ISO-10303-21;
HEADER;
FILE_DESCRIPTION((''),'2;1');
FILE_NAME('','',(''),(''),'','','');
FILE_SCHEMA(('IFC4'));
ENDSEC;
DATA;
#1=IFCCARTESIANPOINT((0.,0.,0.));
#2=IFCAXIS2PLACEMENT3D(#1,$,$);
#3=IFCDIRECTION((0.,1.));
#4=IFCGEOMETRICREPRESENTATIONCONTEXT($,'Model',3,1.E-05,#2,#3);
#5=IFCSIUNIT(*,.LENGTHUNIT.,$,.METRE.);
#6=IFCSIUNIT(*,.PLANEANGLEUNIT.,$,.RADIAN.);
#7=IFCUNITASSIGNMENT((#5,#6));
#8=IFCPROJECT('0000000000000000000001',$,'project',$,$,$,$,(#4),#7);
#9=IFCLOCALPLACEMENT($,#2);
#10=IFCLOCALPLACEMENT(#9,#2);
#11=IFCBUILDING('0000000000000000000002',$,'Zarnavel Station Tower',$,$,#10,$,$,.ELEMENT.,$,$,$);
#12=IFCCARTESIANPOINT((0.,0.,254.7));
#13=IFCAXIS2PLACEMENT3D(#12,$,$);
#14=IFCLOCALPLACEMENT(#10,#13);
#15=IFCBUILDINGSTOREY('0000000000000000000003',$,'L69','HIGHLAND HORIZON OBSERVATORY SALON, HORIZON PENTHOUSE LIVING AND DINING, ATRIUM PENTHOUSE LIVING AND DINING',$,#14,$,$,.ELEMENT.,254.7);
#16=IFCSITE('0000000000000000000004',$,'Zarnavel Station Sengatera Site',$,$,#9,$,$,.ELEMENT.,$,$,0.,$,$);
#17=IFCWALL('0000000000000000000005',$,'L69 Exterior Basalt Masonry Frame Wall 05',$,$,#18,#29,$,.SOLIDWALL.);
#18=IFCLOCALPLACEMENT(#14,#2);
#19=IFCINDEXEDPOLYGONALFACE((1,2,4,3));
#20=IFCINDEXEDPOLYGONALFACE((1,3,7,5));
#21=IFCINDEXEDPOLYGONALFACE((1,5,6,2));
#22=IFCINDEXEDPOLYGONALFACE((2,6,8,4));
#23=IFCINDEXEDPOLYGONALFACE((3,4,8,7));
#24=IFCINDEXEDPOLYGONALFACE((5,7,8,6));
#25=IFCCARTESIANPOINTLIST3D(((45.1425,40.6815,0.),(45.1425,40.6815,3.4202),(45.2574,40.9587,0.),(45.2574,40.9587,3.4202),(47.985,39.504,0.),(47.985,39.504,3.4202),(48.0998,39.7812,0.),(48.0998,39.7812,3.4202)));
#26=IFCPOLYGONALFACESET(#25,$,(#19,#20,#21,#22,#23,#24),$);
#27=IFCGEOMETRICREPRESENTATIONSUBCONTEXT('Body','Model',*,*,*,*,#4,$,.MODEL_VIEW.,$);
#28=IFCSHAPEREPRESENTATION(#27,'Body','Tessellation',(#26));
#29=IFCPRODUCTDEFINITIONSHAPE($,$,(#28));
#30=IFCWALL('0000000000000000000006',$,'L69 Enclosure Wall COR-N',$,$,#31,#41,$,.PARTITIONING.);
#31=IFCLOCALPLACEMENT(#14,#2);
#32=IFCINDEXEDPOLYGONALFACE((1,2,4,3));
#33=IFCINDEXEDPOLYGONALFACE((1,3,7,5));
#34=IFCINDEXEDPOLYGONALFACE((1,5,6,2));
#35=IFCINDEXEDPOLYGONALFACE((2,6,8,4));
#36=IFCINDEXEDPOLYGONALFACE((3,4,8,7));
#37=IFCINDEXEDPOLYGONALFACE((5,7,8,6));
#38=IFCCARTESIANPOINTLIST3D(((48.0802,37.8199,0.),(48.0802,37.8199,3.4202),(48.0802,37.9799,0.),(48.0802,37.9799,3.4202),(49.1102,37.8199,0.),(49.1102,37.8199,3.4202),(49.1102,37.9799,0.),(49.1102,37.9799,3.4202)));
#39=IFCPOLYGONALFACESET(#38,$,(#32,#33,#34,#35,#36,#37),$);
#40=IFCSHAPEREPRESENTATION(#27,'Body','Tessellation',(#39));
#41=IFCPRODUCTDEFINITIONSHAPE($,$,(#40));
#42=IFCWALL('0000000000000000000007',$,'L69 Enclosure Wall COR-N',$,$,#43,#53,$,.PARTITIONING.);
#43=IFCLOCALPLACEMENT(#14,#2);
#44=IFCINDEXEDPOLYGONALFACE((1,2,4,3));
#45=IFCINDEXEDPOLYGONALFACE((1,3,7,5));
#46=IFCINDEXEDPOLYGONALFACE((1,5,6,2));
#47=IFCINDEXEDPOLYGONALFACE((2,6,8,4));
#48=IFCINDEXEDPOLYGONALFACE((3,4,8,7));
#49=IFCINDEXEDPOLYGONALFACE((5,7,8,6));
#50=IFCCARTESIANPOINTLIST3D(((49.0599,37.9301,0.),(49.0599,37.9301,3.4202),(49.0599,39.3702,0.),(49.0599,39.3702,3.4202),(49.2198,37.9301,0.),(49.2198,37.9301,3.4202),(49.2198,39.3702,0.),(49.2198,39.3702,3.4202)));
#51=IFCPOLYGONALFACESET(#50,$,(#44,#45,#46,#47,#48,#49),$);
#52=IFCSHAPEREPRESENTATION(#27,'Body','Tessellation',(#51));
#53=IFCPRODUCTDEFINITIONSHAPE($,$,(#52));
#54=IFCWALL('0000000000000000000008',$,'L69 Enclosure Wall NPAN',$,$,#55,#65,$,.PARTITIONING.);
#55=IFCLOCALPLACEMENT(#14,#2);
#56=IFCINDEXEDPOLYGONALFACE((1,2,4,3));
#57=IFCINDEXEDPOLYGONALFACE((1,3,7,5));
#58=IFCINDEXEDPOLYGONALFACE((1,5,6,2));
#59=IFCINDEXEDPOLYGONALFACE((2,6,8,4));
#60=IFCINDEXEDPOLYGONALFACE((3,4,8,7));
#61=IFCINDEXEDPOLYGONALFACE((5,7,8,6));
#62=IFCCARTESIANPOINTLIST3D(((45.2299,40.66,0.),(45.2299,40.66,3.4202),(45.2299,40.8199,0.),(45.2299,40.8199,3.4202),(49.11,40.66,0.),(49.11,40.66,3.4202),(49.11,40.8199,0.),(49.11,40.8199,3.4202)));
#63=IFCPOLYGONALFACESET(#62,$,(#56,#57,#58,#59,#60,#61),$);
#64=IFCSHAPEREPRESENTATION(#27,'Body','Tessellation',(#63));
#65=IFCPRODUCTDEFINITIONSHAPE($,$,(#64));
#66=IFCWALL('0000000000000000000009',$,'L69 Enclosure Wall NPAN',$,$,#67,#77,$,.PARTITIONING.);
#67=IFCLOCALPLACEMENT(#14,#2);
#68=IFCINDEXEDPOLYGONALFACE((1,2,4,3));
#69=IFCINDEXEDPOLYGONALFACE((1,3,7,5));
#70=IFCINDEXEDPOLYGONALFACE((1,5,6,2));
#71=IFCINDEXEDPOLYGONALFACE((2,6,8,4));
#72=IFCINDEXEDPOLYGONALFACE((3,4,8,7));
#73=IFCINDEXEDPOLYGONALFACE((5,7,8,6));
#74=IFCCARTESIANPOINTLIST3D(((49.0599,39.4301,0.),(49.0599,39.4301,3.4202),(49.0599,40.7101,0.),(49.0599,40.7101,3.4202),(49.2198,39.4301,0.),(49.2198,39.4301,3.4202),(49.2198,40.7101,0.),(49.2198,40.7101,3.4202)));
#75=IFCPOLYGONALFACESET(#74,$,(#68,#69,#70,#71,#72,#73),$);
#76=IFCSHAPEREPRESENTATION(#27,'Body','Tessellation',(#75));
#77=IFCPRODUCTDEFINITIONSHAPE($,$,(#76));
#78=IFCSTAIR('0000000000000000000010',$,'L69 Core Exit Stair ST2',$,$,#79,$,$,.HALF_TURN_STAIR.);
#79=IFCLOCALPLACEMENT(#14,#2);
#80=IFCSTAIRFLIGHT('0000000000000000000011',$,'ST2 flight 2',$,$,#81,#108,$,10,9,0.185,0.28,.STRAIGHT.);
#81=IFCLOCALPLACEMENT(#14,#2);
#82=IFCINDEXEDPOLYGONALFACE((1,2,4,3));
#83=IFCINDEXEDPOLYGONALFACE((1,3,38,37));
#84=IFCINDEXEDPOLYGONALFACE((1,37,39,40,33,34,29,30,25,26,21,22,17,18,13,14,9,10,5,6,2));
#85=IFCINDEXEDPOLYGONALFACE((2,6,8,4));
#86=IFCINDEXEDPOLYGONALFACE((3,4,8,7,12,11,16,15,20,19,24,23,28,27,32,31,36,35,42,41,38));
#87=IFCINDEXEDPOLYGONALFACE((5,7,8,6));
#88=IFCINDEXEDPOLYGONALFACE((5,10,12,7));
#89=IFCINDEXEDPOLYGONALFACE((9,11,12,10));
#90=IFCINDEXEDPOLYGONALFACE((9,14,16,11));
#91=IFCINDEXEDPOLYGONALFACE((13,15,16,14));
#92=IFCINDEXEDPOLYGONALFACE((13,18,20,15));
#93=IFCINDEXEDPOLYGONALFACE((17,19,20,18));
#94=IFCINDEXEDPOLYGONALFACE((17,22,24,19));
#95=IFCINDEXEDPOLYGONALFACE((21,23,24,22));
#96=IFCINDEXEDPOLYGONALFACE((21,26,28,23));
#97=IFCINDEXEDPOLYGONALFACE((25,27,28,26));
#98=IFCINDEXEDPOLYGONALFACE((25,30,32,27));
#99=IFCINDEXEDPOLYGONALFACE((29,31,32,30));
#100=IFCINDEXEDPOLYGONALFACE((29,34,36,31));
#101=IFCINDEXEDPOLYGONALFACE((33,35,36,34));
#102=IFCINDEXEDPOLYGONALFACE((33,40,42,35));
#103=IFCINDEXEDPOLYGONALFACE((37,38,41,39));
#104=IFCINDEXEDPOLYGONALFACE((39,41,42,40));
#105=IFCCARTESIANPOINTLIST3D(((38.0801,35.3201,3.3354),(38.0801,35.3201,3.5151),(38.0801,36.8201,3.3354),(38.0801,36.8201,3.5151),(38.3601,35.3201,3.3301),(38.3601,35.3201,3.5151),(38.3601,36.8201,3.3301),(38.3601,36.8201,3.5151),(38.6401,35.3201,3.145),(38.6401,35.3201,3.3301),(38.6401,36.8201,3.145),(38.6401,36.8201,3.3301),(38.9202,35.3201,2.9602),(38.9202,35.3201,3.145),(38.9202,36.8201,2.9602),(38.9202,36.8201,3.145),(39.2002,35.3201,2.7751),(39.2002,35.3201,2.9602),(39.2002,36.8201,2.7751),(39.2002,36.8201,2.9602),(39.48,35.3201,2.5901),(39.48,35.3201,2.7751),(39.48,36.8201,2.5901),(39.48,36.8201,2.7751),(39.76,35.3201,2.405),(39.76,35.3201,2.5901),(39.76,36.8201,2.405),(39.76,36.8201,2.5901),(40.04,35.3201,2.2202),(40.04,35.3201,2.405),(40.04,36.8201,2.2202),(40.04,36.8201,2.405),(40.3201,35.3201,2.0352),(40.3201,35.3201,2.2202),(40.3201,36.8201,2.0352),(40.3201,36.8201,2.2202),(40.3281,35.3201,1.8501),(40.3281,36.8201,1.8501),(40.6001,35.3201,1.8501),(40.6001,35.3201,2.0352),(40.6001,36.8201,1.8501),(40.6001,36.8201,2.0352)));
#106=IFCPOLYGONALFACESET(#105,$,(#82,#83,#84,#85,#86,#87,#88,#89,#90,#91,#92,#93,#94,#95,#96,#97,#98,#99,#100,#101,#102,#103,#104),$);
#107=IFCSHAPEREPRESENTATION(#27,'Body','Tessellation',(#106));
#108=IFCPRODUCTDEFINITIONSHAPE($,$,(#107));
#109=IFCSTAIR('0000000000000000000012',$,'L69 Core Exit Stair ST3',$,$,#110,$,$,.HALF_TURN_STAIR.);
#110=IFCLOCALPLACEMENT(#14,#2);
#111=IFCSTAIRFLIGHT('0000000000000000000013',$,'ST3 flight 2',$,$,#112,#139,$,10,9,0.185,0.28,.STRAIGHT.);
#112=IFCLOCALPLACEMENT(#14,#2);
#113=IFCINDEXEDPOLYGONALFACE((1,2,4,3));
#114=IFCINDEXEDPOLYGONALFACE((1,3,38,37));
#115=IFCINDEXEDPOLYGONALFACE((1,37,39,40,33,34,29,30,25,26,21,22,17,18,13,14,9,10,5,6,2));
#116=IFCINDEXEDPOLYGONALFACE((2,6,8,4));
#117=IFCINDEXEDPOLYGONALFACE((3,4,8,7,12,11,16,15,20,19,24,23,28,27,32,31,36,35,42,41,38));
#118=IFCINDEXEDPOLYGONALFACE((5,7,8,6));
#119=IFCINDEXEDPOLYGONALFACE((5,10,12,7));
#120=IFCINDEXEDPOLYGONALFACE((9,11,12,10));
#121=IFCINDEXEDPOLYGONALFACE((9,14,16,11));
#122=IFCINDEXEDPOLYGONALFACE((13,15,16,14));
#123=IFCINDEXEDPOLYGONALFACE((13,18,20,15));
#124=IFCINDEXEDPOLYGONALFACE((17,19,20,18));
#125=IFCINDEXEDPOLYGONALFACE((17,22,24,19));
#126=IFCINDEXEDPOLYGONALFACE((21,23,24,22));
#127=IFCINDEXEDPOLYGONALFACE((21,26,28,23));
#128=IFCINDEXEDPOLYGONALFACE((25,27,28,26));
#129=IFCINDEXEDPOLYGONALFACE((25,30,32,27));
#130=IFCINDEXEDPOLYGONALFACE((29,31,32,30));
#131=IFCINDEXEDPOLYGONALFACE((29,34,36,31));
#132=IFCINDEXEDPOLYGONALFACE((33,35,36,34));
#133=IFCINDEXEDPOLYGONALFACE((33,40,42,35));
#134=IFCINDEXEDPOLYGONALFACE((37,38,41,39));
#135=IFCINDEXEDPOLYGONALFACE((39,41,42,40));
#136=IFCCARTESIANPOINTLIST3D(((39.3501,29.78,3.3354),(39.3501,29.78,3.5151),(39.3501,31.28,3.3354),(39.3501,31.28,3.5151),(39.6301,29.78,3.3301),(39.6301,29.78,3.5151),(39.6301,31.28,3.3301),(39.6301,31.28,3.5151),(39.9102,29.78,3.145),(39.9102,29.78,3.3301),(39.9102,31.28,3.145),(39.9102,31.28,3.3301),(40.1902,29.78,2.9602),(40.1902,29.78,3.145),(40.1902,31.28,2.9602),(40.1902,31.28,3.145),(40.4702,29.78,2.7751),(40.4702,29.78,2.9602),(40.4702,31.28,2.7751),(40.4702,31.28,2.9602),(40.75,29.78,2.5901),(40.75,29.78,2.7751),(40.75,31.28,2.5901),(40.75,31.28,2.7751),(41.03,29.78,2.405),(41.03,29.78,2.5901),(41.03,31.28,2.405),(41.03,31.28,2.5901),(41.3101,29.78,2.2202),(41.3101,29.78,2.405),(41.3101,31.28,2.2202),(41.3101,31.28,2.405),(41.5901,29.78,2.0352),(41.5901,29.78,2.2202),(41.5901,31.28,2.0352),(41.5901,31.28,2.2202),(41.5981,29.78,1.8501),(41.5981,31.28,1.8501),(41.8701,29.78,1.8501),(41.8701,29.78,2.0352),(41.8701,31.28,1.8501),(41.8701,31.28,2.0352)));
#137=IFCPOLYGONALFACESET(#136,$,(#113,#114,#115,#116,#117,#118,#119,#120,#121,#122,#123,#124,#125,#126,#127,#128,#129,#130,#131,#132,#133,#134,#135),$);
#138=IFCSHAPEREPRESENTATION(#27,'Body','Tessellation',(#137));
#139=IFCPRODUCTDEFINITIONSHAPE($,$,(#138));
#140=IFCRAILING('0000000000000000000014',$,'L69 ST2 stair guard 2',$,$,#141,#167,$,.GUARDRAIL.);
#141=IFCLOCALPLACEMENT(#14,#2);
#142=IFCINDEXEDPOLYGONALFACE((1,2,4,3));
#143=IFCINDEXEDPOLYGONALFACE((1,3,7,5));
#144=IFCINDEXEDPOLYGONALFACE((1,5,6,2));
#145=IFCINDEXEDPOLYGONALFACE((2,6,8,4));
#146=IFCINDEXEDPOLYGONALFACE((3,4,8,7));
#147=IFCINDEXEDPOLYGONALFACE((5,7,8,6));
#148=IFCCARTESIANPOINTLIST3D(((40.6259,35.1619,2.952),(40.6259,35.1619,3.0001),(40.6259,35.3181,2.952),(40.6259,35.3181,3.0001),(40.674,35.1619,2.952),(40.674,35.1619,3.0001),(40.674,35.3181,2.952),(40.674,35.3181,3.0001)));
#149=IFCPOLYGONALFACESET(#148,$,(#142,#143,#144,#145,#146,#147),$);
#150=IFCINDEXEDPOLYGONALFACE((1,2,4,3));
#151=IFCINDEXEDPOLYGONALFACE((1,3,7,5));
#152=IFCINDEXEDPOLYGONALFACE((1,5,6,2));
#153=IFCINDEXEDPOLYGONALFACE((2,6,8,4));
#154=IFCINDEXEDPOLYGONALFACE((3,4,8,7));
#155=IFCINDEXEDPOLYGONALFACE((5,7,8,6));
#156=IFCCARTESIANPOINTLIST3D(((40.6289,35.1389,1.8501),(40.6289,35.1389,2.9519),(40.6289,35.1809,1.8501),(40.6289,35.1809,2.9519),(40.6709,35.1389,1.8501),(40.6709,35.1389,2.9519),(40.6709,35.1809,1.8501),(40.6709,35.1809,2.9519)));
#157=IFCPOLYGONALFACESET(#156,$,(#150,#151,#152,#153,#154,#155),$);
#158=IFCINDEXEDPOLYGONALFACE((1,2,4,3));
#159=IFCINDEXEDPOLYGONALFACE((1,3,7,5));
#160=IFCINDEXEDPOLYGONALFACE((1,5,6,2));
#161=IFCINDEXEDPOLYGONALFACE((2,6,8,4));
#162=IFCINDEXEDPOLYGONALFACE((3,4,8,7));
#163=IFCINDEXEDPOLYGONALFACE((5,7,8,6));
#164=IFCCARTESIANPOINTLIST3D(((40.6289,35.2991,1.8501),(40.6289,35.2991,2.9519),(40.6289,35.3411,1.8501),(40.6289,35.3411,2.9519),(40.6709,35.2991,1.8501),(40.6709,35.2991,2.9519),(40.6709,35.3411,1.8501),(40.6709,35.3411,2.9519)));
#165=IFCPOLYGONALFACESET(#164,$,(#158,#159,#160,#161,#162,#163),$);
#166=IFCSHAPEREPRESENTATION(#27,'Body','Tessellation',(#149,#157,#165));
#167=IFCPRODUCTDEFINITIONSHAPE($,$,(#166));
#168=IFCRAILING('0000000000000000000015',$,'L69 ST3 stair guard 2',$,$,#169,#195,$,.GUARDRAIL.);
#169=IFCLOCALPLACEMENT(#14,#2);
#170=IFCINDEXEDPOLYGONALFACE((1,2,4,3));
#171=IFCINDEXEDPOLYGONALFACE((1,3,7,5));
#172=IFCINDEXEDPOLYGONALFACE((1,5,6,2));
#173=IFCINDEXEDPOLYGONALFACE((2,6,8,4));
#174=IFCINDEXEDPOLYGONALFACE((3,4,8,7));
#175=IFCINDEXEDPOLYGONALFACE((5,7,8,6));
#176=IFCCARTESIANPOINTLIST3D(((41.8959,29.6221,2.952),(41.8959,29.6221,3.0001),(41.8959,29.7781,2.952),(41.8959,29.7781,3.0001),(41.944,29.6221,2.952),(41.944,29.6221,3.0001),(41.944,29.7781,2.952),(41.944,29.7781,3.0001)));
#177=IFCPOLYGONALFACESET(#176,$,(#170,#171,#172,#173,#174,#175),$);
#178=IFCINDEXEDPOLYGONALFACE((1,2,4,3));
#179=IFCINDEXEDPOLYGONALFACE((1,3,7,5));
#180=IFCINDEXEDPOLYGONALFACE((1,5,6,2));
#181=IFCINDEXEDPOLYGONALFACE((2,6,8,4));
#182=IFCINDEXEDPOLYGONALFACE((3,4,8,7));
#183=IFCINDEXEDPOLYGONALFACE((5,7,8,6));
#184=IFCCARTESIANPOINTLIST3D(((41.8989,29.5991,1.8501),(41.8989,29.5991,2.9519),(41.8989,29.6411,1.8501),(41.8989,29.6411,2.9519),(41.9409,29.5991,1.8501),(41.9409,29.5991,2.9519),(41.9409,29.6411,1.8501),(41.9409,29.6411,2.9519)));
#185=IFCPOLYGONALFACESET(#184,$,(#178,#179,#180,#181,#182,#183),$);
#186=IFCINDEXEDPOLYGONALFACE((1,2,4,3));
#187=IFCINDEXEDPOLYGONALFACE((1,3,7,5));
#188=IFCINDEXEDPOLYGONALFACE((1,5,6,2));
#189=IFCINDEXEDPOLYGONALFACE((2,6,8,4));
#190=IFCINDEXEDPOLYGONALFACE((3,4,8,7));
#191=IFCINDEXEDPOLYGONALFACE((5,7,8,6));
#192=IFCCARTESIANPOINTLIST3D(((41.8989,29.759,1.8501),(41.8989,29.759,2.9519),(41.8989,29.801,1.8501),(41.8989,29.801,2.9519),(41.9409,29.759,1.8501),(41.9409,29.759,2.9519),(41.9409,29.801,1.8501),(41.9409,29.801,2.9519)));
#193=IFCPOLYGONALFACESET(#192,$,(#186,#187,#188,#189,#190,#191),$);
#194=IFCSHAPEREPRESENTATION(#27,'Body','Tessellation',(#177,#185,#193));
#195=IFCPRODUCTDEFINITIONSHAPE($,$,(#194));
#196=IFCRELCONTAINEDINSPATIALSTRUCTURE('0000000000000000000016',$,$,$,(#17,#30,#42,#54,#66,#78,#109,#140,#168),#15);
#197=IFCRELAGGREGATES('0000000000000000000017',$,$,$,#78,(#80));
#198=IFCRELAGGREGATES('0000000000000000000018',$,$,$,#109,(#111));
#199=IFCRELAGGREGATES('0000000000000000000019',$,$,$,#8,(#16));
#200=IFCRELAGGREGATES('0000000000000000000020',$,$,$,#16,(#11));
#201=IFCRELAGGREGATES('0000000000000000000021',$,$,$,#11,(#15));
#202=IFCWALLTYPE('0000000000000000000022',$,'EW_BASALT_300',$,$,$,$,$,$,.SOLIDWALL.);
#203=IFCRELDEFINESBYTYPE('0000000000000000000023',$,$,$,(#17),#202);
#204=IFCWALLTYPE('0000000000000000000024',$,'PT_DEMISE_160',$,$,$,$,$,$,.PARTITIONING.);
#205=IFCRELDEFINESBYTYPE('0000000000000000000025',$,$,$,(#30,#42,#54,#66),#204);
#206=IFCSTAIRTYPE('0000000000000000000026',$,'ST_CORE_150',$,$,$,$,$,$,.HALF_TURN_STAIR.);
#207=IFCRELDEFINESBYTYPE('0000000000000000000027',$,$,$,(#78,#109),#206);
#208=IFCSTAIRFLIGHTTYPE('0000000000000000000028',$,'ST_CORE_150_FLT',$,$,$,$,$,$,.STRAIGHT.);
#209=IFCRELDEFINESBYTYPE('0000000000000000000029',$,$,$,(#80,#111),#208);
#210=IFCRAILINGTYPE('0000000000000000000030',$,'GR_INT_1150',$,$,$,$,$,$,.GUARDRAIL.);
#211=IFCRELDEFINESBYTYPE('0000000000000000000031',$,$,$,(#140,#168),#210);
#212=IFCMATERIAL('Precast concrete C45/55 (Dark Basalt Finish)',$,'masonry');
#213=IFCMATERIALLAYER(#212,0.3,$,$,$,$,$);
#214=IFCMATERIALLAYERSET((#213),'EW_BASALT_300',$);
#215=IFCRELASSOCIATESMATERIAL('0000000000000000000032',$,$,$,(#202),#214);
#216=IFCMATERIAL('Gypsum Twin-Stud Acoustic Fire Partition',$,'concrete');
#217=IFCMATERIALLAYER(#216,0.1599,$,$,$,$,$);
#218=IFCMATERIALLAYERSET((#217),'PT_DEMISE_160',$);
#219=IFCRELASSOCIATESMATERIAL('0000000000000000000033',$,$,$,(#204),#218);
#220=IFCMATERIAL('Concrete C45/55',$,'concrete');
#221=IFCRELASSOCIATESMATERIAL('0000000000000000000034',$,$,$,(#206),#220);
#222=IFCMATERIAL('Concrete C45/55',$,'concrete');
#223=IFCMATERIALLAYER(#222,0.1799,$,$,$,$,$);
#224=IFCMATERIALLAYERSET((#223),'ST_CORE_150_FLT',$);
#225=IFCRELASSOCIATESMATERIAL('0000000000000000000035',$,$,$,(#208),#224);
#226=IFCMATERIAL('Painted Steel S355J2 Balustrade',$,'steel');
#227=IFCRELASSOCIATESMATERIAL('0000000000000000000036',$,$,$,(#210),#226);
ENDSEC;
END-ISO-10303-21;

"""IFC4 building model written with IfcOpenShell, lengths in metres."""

from ifc_helpers import new_model, si_unit, direction, frame, frame_2d, origin, origin_2d, place, context, subcontext, project, spatial, polyline, rectangle, outline, extrude, material, layer, layer_set, type_object, element, aggregate, save


model = new_model("IFC4")

# Units and contexts
model_context = context("Model", 3, precision=1e-05, world=origin(), true_north=direction((0.0, 1.0)))
body_context = subcontext(model_context, "Body", "Model", "MODEL_VIEW")
ifc_project = project(units=[si_unit("LENGTHUNIT", "METRE"), si_unit("PLANEANGLEUNIT", "RADIAN")], contexts=[model_context])

# Site, building, storey
site_placement = place(None, origin())
site = spatial("IfcSite", under=ifc_project, at=site_placement, Name="Zarnavel Station Sengatera Site", CompositionType="ELEMENT", RefElevation=0.0)
building_placement = place(site_placement, origin())
building = spatial("IfcBuilding", under=site, at=building_placement, Name="Zarnavel Station Tower", CompositionType="ELEMENT")
storey_placement = place(building_placement, frame((0.0, 0.0, 254.7)))
storey = spatial("IfcBuildingStorey", under=building, at=storey_placement, Name="L69", Description="HIGHLAND HORIZON OBSERVATORY SALON, HORIZON PENTHOUSE LIVING AND DINING, ATRIUM PENTHOUSE LIVING AND DINING", CompositionType="ELEMENT", Elevation=254.7)

# Shared definitions
ifc_material_1 = material(Name="Precast concrete C45/55 (Dark Basalt Finish)", Category="masonry")
ifc_layer_1 = layer(ifc_material_1, 0.3)
ifc_layer_set_1 = layer_set([ifc_layer_1], Name="EW_BASALT_300")
wall_type_1 = type_object("IfcWallType", Name="EW_BASALT_300", PredefinedType="SOLIDWALL", material=ifc_layer_set_1)

# Walls
for number, where, z_axis, x_axis, name in (
    (1, (45.2, 40.8201, 0.0), (0.0, 0.0, 1.0), (0.923871, -0.382705, 0.0), "L69 Exterior Basalt Masonry Frame Wall 05"),
):
    element("IfcWall", number, at=place(storey_placement, frame(where, z_axis=z_axis, x_axis=x_axis)), inside=storey, type_object=wall_type_1, Name=name, PredefinedType="SOLIDWALL", context=body_context, shape_type="SweptSolid", body=[
        extrude(rectangle(XDim=3.0767, YDim=0.3, at=frame_2d((1.5383, 0.0))), origin(), (0.0, 0.0, 1.0), 3.4202),
    ])
ifc_material_2 = material(Name="Gypsum Twin-Stud Acoustic Fire Partition", Category="concrete")
ifc_layer_2 = layer(ifc_material_2, 0.1599)
ifc_layer_set_2 = layer_set([ifc_layer_2], Name="PT_DEMISE_160")
wall_type_2 = type_object("IfcWallType", Name="PT_DEMISE_160", PredefinedType="PARTITIONING", material=ifc_layer_set_2)
wall_1_placement = place(storey_placement, frame((48.0801, 37.8999, 0.0), z_axis=(0.0, 0.0, 1.0), x_axis=(1.0, 0.0, 0.0)))
element("IfcWall", 2, at=wall_1_placement, inside=storey, type_object=wall_type_2, Name="L69 Enclosure Wall COR-N", PredefinedType="PARTITIONING", context=body_context, shape_type="SweptSolid", body=[
    extrude(rectangle(XDim=1.03, YDim=0.1599, at=frame_2d((0.5151, 0.0))), origin(), (0.0, 0.0, 1.0), 3.4202),
])
wall_2_placement = place(storey_placement, frame((49.1399, 37.9299, 0.0), z_axis=(0.0, 0.0, 1.0), x_axis=(0.0, 1.0, 0.0)))
element("IfcWall", 3, at=wall_2_placement, inside=storey, type_object=wall_type_2, Name="L69 Enclosure Wall COR-N", PredefinedType="PARTITIONING", context=body_context, shape_type="SweptSolid", body=[
    extrude(rectangle(XDim=1.4402, YDim=0.1599, at=frame_2d((0.7202, 0.0))), origin(), (0.0, 0.0, 1.0), 3.4202),
])
wall_3_placement = place(storey_placement, frame((45.23, 40.74, 0.0), z_axis=(0.0, 0.0, 1.0), x_axis=(1.0, 0.0, 0.0)))
element("IfcWall", 4, at=wall_3_placement, inside=storey, type_object=wall_type_2, Name="L69 Enclosure Wall NPAN", PredefinedType="PARTITIONING", context=body_context, shape_type="SweptSolid", body=[
    extrude(rectangle(XDim=3.8801, YDim=0.1599, at=frame_2d((1.9399, 0.0))), origin(), (0.0, 0.0, 1.0), 3.4202),
])
wall_4_placement = place(storey_placement, frame((49.1399, 39.4299, 0.0), z_axis=(0.0, 0.0, 1.0), x_axis=(0.0, 1.0, 0.0)))
element("IfcWall", 5, at=wall_4_placement, inside=storey, type_object=wall_type_2, Name="L69 Enclosure Wall NPAN", PredefinedType="PARTITIONING", context=body_context, shape_type="SweptSolid", body=[
    extrude(rectangle(XDim=1.28, YDim=0.1599, at=frame_2d((0.6401, 0.0))), origin(), (0.0, 0.0, 1.0), 3.4202),
])

# Stairs, stair flights
ifc_material_3 = material(Name="Concrete C45/55", Category="concrete")
stair_type = type_object("IfcStairType", Name="ST_CORE_150", PredefinedType="HALF_TURN_STAIR", material=ifc_material_3)
stair_1_placement = place(storey_placement, origin())
stair_1 = element("IfcStair", 6, at=stair_1_placement, inside=storey, type_object=stair_type, Name="L69 Core Exit Stair ST2", PredefinedType="HALF_TURN_STAIR")
ifc_material_4 = material(Name="Concrete C45/55", Category="concrete")
ifc_layer_3 = layer(ifc_material_4, 0.1799)
ifc_layer_set_3 = layer_set([ifc_layer_3], Name="ST_CORE_150_FLT")
stair_flight_type = type_object("IfcStairFlightType", Name="ST_CORE_150_FLT", PredefinedType="STRAIGHT", material=ifc_layer_set_3)
stair_flight_1_placement = place(storey_placement, frame((40.6001, 36.0701, 1.8501), z_axis=(0.0, 0.0, 1.0), x_axis=(-1.0, 0.0, 0.0)))
stair_flight_1 = element("IfcStairFlight", 7, at=stair_flight_1_placement, type_object=stair_flight_type, Name="ST2 flight 2", NumberOfRisers=10, NumberOfTreads=9, PredefinedType="STRAIGHT", RiserHeight=0.185, TreadLength=0.28, context=body_context, shape_type="SweptSolid", body=[
    extrude(outline(polyline([(0.0, 0.0), (0.0, 0.1851), (0.28, 0.1851), (0.28, 0.3701), (0.5601, 0.3701), (0.5601, 0.5549), (0.8401, 0.5549), (0.8401, 0.74), (1.1201, 0.74), (1.1201, 0.925), (1.3999, 0.925), (1.3999, 1.1101), (1.6799, 1.1101), (1.6799, 1.2949), (1.96, 1.2949), (1.96, 1.48), (2.24, 1.48), (2.24, 1.665), (2.52, 1.665), (2.52, 1.8501), (2.52, 1.4854), (0.272, 0.0), (0.0, 0.0)])), frame((0.0, 0.75, 0.0), z_axis=(0.0, -1.0, 0.0), x_axis=(1.0, 0.0, 0.0)), (0.0, 0.0, 1.0), 1.5),
])
aggregate(stair_1, [stair_flight_1])
stair_2_placement = place(storey_placement, origin())
stair_2 = element("IfcStair", 8, at=stair_2_placement, inside=storey, type_object=stair_type, Name="L69 Core Exit Stair ST3", PredefinedType="HALF_TURN_STAIR")
stair_flight_2_placement = place(storey_placement, frame((41.8701, 30.53, 1.8501), z_axis=(0.0, 0.0, 1.0), x_axis=(-1.0, 0.0, 0.0)))
stair_flight_2 = element("IfcStairFlight", 9, at=stair_flight_2_placement, type_object=stair_flight_type, Name="ST3 flight 2", NumberOfRisers=10, NumberOfTreads=9, PredefinedType="STRAIGHT", RiserHeight=0.185, TreadLength=0.28, context=body_context, shape_type="SweptSolid", body=[
    extrude(outline(polyline([(0.0, 0.0), (0.0, 0.1851), (0.28, 0.1851), (0.28, 0.3701), (0.5601, 0.3701), (0.5601, 0.5549), (0.8401, 0.5549), (0.8401, 0.74), (1.1201, 0.74), (1.1201, 0.925), (1.3999, 0.925), (1.3999, 1.1101), (1.6799, 1.1101), (1.6799, 1.2949), (1.96, 1.2949), (1.96, 1.48), (2.24, 1.48), (2.24, 1.665), (2.52, 1.665), (2.52, 1.8501), (2.52, 1.4854), (0.272, 0.0), (0.0, 0.0)])), frame((0.0, 0.75, 0.0), z_axis=(0.0, -1.0, 0.0), x_axis=(1.0, 0.0, 0.0)), (0.0, 0.0, 1.0), 1.5),
])
aggregate(stair_2, [stair_flight_2])

# Railings
ifc_material_5 = material(Name="Painted Steel S355J2 Balustrade", Category="steel")
railing_type_1 = type_object("IfcRailingType", Name="GR_INT_1150", PredefinedType="GUARDRAIL", material=ifc_material_5)
railing_1_placement = place(storey_placement, frame((40.6499, 35.1599, 1.8501)))
element("IfcRailing", 10, at=railing_1_placement, inside=storey, type_object=railing_type_1, Name="L69 ST2 stair guard 2", PredefinedType="GUARDRAIL", context=body_context, shape_type="SweptSolid", body=[
    extrude(rectangle(XDim=0.0481, YDim=0.0481, at=origin_2d()), frame((0.0, 0.002, 1.126), z_axis=(0.0, 1.0, 0.0), x_axis=(-1.0, 0.0, 0.0)), (0.0, 0.0, 1.0), 0.1562),
    extrude(rectangle(XDim=0.042, YDim=0.042, at=origin_2d()), origin(), (0.0, 0.0, 1.0), 1.1018),
    extrude(rectangle(XDim=0.042, YDim=0.042, at=origin_2d()), frame((0.0, 0.1602, 0.0)), (0.0, 0.0, 1.0), 1.1018),
])
railing_2_placement = place(storey_placement, frame((41.9199, 29.6201, 1.8501)))
element("IfcRailing", 11, at=railing_2_placement, inside=storey, type_object=railing_type_1, Name="L69 ST3 stair guard 2", PredefinedType="GUARDRAIL", context=body_context, shape_type="SweptSolid", body=[
    extrude(rectangle(XDim=0.0481, YDim=0.0481, at=origin_2d()), frame((0.0, 0.002, 1.126), z_axis=(0.0, 1.0, 0.0), x_axis=(-1.0, 0.0, 0.0)), (0.0, 0.0, 1.0), 0.156),
    extrude(rectangle(XDim=0.042, YDim=0.042, at=origin_2d()), origin(), (0.0, 0.0, 1.0), 1.1018),
    extrude(rectangle(XDim=0.042, YDim=0.042, at=origin_2d()), frame((0.0, 0.1599, 0.0)), (0.0, 0.0, 1.0), 1.1018),
])

save(model, "model.ifc")
